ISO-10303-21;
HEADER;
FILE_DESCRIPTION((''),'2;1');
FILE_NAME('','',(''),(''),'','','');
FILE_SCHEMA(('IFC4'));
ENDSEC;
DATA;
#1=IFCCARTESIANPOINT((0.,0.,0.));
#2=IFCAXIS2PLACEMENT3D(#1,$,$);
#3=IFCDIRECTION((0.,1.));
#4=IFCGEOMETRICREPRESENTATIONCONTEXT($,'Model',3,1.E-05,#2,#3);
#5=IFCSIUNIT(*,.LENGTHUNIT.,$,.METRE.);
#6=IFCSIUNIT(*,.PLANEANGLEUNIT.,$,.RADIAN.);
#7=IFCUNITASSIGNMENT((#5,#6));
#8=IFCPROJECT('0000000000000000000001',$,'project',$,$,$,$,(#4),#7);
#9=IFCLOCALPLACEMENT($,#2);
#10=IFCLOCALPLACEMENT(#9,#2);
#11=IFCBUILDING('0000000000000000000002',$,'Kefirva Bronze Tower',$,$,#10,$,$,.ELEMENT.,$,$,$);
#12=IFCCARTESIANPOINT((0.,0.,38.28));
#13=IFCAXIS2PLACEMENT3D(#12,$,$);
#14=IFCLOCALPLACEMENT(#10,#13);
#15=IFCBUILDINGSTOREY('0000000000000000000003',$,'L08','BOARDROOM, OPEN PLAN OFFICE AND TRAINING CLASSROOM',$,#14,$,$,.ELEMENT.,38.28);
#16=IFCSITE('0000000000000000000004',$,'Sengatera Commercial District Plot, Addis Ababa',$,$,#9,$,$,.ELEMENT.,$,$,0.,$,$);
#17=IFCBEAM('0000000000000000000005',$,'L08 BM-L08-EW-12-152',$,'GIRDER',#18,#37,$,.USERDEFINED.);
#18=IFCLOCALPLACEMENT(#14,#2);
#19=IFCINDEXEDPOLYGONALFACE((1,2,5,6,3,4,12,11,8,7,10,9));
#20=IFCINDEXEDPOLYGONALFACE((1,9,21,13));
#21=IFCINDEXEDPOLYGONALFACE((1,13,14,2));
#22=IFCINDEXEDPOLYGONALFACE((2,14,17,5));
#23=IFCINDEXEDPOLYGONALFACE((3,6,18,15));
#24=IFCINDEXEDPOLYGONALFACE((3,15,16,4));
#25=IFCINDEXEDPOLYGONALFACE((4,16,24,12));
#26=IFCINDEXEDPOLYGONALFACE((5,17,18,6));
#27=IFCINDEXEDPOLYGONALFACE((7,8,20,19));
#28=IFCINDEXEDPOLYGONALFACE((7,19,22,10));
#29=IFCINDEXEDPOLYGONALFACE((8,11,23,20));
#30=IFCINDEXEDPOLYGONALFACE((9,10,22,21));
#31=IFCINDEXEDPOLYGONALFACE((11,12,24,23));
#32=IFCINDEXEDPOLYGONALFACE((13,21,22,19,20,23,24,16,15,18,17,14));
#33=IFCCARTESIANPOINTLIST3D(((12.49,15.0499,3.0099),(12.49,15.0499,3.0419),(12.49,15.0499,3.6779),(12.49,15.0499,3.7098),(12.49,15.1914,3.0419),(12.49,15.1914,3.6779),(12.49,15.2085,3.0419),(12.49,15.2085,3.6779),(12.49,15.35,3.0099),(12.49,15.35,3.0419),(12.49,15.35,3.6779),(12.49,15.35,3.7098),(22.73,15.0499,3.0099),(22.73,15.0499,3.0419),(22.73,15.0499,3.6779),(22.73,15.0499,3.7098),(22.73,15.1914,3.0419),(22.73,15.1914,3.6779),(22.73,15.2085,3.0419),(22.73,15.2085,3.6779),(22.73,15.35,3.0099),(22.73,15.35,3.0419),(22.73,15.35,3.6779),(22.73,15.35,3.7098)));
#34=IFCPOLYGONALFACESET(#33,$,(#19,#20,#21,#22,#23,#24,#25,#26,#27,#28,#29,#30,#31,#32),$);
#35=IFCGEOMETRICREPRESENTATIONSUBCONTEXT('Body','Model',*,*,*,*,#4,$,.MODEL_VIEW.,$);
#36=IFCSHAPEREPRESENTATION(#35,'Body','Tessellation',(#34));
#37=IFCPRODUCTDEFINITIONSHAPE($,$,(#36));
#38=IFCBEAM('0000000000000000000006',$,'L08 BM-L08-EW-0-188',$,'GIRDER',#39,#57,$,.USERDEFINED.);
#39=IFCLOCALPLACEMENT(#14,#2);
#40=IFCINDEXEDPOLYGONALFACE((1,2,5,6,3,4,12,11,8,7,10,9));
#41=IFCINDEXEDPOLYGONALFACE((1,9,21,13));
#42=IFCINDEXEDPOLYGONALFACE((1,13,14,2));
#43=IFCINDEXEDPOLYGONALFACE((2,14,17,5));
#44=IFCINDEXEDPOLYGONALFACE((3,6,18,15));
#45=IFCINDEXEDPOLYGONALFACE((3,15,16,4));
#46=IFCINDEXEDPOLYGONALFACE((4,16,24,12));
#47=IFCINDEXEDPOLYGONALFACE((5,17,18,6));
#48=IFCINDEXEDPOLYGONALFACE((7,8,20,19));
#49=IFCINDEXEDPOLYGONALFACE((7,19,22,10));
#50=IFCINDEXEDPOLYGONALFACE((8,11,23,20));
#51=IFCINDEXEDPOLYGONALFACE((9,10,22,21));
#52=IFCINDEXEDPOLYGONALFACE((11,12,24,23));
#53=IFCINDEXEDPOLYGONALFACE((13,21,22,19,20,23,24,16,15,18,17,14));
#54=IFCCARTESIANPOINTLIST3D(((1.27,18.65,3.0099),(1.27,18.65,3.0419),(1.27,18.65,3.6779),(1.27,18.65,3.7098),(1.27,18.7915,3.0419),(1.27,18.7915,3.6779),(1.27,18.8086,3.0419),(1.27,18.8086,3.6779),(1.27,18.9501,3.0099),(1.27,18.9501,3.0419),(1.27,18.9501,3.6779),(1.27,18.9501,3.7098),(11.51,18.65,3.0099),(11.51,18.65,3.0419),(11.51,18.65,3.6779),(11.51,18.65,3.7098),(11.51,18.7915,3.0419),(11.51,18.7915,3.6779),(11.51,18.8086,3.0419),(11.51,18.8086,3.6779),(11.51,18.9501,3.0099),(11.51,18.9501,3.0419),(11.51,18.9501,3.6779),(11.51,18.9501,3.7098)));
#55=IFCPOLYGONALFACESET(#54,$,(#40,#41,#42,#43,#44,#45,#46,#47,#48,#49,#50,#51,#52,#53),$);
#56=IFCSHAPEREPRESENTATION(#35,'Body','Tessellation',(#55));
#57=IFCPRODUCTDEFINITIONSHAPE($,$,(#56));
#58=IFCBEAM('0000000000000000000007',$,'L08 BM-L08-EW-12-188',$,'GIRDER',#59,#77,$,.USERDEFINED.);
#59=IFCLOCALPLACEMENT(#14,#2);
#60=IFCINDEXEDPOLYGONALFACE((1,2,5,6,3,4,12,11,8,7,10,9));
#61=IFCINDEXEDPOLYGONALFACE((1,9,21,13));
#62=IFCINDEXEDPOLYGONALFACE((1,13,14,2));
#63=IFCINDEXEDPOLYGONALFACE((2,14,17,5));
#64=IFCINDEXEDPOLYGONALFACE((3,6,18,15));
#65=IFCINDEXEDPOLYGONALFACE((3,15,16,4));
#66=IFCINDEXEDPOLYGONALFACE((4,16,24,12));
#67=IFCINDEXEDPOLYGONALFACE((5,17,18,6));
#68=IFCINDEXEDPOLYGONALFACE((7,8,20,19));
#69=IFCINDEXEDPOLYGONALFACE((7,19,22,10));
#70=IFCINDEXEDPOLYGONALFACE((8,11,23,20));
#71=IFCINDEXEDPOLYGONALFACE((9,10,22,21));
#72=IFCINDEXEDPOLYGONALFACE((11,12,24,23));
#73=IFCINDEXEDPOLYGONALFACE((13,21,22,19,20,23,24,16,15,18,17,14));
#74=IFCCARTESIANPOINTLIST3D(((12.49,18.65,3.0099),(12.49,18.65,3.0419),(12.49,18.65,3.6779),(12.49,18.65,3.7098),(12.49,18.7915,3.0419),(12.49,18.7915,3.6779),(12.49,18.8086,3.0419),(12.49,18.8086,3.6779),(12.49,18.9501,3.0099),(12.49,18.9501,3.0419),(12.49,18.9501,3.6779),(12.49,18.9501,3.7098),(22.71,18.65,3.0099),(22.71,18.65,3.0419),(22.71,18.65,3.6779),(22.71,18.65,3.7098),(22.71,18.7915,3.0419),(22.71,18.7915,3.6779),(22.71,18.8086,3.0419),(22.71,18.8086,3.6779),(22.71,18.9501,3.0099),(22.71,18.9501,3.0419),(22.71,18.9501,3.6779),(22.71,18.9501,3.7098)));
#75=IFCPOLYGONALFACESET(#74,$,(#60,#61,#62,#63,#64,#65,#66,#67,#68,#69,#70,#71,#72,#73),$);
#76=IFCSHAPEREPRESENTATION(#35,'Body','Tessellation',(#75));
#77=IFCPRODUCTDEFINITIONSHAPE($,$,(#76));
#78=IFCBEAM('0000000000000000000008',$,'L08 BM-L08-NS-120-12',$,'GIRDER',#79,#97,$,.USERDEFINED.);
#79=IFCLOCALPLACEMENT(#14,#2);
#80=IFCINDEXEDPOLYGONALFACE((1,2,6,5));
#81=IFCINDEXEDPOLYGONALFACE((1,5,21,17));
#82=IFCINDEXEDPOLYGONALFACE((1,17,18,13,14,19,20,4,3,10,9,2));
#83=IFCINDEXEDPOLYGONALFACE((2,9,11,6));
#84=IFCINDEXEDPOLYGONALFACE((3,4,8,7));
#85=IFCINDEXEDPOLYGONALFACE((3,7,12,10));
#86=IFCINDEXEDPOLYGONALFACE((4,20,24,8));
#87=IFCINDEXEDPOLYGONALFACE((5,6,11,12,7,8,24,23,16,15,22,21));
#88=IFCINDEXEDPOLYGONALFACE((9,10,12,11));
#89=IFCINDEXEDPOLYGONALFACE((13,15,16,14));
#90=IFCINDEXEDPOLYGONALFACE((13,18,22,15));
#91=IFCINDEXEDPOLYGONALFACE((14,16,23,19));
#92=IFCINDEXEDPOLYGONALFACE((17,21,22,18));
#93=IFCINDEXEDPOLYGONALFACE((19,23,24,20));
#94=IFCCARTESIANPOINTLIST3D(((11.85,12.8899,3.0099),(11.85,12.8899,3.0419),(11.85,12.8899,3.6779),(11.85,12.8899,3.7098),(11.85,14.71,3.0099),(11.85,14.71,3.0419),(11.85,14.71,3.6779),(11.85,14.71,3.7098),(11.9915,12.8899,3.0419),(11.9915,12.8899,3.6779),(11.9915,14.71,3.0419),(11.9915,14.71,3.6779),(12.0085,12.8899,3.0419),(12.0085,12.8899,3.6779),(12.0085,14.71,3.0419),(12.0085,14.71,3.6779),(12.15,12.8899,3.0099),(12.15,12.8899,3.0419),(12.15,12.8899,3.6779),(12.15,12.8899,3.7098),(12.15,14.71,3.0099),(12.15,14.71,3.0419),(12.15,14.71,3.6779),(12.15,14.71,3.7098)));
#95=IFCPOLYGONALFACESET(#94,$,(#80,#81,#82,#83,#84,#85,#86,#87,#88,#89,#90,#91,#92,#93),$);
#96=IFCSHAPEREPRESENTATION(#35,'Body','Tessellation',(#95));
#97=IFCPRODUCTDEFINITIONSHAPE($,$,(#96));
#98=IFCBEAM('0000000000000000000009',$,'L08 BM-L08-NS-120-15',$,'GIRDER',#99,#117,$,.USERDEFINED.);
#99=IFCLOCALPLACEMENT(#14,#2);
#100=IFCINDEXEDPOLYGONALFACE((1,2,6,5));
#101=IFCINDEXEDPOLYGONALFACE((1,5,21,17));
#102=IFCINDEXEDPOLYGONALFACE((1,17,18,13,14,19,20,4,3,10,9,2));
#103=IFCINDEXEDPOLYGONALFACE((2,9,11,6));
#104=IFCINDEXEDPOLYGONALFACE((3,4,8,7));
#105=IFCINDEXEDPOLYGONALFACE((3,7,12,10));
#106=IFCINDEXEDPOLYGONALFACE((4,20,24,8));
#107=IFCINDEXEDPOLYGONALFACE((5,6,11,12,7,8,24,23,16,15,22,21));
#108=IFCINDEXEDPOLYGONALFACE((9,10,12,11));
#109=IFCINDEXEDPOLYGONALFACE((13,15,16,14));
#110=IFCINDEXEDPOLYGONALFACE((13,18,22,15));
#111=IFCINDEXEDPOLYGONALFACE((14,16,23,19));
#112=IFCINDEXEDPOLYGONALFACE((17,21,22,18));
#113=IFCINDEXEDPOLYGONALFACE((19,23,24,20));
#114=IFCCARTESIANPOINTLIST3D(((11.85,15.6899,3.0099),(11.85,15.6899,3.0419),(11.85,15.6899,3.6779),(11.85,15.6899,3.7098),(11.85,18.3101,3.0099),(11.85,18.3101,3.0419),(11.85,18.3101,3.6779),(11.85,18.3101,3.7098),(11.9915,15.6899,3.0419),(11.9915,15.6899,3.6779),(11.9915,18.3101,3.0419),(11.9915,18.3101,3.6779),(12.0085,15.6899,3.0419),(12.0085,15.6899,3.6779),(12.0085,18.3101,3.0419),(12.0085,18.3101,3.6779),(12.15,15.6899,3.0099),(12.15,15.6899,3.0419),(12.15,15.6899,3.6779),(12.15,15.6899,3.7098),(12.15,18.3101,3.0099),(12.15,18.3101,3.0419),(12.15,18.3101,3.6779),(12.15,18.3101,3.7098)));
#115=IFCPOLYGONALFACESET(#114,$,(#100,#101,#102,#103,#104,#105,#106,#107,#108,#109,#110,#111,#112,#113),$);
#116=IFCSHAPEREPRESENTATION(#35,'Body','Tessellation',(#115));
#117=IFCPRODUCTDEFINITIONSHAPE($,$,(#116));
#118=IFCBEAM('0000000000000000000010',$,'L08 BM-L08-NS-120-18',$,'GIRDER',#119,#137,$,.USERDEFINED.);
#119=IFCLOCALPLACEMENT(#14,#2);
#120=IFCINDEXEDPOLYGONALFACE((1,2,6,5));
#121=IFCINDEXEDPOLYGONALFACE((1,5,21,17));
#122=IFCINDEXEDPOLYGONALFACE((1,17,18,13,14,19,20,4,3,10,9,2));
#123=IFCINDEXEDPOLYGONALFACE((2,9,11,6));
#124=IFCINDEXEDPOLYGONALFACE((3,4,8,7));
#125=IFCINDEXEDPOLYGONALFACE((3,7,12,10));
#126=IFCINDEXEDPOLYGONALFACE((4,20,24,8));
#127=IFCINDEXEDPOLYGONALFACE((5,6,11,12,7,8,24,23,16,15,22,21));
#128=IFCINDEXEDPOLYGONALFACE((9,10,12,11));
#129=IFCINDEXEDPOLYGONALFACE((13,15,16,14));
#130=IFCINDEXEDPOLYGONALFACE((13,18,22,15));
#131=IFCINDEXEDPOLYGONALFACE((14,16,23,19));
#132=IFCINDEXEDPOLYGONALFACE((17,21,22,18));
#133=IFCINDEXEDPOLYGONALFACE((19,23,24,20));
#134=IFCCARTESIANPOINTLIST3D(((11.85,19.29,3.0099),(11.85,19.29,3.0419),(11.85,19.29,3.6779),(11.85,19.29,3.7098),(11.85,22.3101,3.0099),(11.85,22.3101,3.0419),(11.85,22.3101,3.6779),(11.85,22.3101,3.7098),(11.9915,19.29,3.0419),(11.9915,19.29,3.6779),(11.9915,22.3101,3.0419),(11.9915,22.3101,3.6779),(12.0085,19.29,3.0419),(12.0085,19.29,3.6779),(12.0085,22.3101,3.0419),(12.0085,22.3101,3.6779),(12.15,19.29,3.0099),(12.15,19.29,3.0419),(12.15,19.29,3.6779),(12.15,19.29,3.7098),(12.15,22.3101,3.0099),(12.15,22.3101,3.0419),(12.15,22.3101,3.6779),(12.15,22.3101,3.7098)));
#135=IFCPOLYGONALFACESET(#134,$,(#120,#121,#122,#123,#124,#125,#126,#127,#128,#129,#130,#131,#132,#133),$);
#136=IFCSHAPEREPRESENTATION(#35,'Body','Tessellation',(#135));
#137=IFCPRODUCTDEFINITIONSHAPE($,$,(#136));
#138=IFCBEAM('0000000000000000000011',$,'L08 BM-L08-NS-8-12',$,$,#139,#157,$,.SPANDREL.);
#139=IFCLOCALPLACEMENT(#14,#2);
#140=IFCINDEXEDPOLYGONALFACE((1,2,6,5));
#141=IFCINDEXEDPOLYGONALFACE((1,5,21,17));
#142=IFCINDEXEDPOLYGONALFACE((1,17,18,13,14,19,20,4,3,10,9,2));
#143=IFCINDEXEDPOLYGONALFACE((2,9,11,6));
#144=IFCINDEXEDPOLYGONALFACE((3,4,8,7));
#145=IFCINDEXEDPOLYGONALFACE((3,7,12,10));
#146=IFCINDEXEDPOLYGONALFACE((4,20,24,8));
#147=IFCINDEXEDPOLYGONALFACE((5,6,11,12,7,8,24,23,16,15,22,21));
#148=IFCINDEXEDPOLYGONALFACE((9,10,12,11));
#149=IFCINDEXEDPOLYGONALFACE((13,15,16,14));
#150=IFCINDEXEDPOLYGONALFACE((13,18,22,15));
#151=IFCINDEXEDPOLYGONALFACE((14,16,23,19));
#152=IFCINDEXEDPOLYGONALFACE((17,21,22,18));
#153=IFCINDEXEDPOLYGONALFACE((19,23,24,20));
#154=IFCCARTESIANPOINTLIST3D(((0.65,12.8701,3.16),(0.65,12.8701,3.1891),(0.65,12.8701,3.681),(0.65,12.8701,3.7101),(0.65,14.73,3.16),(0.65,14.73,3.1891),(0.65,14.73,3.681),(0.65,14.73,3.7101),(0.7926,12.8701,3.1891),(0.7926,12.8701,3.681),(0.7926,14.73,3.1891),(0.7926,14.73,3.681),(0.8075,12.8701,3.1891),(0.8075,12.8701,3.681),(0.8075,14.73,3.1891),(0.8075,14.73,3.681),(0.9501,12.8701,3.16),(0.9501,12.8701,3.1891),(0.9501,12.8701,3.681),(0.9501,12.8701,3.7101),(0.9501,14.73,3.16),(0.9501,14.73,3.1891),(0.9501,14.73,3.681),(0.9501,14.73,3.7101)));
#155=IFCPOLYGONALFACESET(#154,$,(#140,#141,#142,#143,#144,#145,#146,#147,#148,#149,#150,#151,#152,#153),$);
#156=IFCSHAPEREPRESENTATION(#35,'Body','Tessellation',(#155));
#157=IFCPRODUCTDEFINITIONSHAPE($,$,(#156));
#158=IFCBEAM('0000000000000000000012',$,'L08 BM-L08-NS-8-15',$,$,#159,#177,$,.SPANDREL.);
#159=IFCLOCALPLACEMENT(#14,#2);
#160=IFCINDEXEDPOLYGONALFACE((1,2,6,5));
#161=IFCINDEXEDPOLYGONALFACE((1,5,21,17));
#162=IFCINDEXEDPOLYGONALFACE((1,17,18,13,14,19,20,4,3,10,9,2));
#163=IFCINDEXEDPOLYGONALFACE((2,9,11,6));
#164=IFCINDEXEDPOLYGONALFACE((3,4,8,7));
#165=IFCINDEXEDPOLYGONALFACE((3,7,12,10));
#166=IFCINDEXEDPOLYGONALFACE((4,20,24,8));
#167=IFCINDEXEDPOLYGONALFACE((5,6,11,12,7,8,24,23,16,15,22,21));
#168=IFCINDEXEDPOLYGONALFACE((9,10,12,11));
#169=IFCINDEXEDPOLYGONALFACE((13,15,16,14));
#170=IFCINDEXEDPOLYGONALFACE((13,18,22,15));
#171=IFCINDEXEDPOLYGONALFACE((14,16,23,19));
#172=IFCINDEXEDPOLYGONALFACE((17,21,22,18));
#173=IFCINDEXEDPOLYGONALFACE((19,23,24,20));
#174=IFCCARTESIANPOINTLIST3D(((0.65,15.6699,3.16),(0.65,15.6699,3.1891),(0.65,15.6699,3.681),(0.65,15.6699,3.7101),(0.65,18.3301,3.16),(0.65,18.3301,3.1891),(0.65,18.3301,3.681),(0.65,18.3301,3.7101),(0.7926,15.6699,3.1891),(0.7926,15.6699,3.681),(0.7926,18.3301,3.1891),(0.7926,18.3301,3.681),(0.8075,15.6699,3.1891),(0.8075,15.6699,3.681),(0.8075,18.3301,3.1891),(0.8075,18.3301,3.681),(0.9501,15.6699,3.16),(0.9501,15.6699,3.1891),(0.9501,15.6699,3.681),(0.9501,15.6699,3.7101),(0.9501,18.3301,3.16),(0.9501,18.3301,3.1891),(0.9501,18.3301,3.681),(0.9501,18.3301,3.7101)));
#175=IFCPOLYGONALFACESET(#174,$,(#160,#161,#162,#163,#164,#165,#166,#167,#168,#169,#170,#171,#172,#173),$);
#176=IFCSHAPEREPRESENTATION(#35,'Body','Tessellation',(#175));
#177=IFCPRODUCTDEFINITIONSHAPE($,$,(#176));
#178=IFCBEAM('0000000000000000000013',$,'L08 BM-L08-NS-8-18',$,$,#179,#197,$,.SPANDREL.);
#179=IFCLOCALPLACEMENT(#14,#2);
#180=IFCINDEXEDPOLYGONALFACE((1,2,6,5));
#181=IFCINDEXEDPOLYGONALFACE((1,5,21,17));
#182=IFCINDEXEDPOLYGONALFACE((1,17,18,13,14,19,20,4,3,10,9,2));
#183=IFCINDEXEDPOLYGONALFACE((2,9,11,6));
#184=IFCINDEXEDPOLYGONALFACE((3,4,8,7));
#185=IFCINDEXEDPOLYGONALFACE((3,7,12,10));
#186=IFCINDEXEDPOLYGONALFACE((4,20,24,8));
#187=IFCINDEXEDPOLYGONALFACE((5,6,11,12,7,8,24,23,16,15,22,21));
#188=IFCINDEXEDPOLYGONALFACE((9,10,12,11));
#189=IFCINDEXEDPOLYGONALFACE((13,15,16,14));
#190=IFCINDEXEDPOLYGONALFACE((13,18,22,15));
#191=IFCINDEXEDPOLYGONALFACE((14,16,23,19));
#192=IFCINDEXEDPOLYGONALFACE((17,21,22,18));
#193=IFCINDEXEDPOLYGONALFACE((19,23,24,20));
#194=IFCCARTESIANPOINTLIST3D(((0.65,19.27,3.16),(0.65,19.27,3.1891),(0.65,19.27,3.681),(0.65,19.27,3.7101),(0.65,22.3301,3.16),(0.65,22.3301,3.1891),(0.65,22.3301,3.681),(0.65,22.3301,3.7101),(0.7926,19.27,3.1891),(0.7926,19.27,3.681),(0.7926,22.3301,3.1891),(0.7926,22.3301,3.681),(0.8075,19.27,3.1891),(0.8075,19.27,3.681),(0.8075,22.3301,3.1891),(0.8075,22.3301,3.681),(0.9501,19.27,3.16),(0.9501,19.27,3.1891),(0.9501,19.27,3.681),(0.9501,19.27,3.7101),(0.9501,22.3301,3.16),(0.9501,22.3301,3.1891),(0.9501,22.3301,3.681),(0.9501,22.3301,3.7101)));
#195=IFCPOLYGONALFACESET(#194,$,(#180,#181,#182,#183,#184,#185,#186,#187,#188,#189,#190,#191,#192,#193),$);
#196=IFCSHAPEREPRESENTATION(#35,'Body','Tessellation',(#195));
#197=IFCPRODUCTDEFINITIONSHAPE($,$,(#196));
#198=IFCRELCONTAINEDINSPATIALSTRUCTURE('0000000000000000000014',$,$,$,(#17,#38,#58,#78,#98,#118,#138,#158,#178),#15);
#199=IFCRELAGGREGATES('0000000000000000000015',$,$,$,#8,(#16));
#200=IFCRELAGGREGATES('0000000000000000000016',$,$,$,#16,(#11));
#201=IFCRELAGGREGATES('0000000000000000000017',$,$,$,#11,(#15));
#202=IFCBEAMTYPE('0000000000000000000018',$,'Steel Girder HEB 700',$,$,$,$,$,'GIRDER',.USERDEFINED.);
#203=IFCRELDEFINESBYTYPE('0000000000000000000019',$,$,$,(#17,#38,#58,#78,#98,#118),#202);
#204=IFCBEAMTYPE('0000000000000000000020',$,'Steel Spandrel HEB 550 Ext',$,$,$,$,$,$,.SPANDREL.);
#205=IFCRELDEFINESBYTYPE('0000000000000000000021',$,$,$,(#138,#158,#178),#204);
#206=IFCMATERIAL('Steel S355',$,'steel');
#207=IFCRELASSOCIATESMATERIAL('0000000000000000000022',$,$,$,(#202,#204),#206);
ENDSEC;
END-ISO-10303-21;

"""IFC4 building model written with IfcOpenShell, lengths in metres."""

from ifc_helpers import new_model, si_unit, direction, frame, origin, origin_2d, place, context, subcontext, project, spatial, i_section, extrude, material, material_profile, profile_set, type_object, element, save


model = new_model("IFC4")

# Units and contexts
model_context = context("Model", 3, precision=1e-05, world=origin(), true_north=direction((0.0, 1.0)))
body_context = subcontext(model_context, "Body", "Model", "MODEL_VIEW")
ifc_project = project(units=[si_unit("LENGTHUNIT", "METRE"), si_unit("PLANEANGLEUNIT", "RADIAN")], contexts=[model_context])

# Site, building, storey
site_placement = place(None, origin())
site = spatial("IfcSite", under=ifc_project, at=site_placement, Name="Sengatera Commercial District Plot, Addis Ababa", CompositionType="ELEMENT", RefElevation=0.0)
building_placement = place(site_placement, origin())
building = spatial("IfcBuilding", under=site, at=building_placement, Name="Kefirva Bronze Tower", CompositionType="ELEMENT")
storey_placement = place(building_placement, frame((0.0, 0.0, 38.28)))
storey = spatial("IfcBuildingStorey", under=building, at=storey_placement, Name="L08", Description="BOARDROOM, OPEN PLAN OFFICE AND TRAINING CLASSROOM", CompositionType="ELEMENT", Elevation=38.28)

# Beams
ifc_material_1 = material(Name="Steel S355", Category="steel")
ifc_material_profile_1 = material_profile(ifc_material_1, i_section(OverallWidth=0.3, OverallDepth=0.7, WebThickness=0.0171, FlangeThickness=0.032, at=origin_2d()), Name="HEB 700")
ifc_profile_set_1 = profile_set([ifc_material_profile_1], Name="Steel S355")
beam_type_1 = type_object("IfcBeamType", Name="Steel Girder HEB 700", ElementType="GIRDER", PredefinedType="USERDEFINED", material=ifc_profile_set_1)
for number, where, z_axis, x_axis, name in (
    (1, (12.49, 15.2, 3.3599), (1.0, 0.0, 0.0), (0.0, 1.0, 0.0), "L08 BM-L08-EW-12-152"),
    (2, (1.27, 18.8, 3.3599), (1.0, 0.0, 0.0), (0.0, 1.0, 0.0), "L08 BM-L08-EW-0-188"),
):
    element("IfcBeam", number, at=place(storey_placement, frame(where, z_axis=z_axis, x_axis=x_axis)), inside=storey, type_object=beam_type_1, Name=name, ObjectType="GIRDER", PredefinedType="USERDEFINED", context=body_context, shape_type="SweptSolid", body=[
        extrude(i_section(OverallWidth=0.3, OverallDepth=0.7, WebThickness=0.0171, FlangeThickness=0.032, at=origin_2d()), origin(), (0.0, 0.0, 1.0), 10.24),
    ])
beam_1_placement = place(storey_placement, frame((12.49, 18.8, 3.3599), z_axis=(1.0, 0.0, 0.0), x_axis=(0.0, 1.0, 0.0)))
element("IfcBeam", 3, at=beam_1_placement, inside=storey, type_object=beam_type_1, Name="L08 BM-L08-EW-12-188", ObjectType="GIRDER", PredefinedType="USERDEFINED", context=body_context, shape_type="SweptSolid", body=[
    extrude(i_section(OverallWidth=0.3, OverallDepth=0.7, WebThickness=0.0171, FlangeThickness=0.032, at=origin_2d()), origin(), (0.0, 0.0, 1.0), 10.22),
])
beam_2_placement = place(storey_placement, frame((12.0, 12.8899, 3.3599), z_axis=(0.0, 1.0, 0.0), x_axis=(-1.0, 0.0, 0.0)))
element("IfcBeam", 4, at=beam_2_placement, inside=storey, type_object=beam_type_1, Name="L08 BM-L08-NS-120-12", ObjectType="GIRDER", PredefinedType="USERDEFINED", context=body_context, shape_type="SweptSolid", body=[
    extrude(i_section(OverallWidth=0.3, OverallDepth=0.7, WebThickness=0.0171, FlangeThickness=0.032, at=origin_2d()), origin(), (0.0, 0.0, 1.0), 1.8201),
])
beam_3_placement = place(storey_placement, frame((12.0, 15.6899, 3.3599), z_axis=(0.0, 1.0, 0.0), x_axis=(-1.0, 0.0, 0.0)))
element("IfcBeam", 5, at=beam_3_placement, inside=storey, type_object=beam_type_1, Name="L08 BM-L08-NS-120-15", ObjectType="GIRDER", PredefinedType="USERDEFINED", context=body_context, shape_type="SweptSolid", body=[
    extrude(i_section(OverallWidth=0.3, OverallDepth=0.7, WebThickness=0.0171, FlangeThickness=0.032, at=origin_2d()), origin(), (0.0, 0.0, 1.0), 2.6201),
])
beam_4_placement = place(storey_placement, frame((12.0, 19.29, 3.3599), z_axis=(0.0, 1.0, 0.0), x_axis=(-1.0, 0.0, 0.0)))
element("IfcBeam", 6, at=beam_4_placement, inside=storey, type_object=beam_type_1, Name="L08 BM-L08-NS-120-18", ObjectType="GIRDER", PredefinedType="USERDEFINED", context=body_context, shape_type="SweptSolid", body=[
    extrude(i_section(OverallWidth=0.3, OverallDepth=0.7, WebThickness=0.0171, FlangeThickness=0.032, at=origin_2d()), origin(), (0.0, 0.0, 1.0), 3.02),
])
ifc_material_profile_2 = material_profile(ifc_material_1, i_section(OverallWidth=0.3, OverallDepth=0.55, WebThickness=0.0149, FlangeThickness=0.0291, at=origin_2d()), Name="HEB 550")
ifc_profile_set_2 = profile_set([ifc_material_profile_2], Name="Steel S355")
beam_type_2 = type_object("IfcBeamType", Name="Steel Spandrel HEB 550 Ext", PredefinedType="SPANDREL", material=ifc_profile_set_2)
beam_5_placement = place(storey_placement, frame((0.8, 12.8701, 3.4351), z_axis=(0.0, 1.0, 0.0), x_axis=(-1.0, 0.0, 0.0)))
element("IfcBeam", 7, at=beam_5_placement, inside=storey, type_object=beam_type_2, Name="L08 BM-L08-NS-8-12", PredefinedType="SPANDREL", context=body_context, shape_type="SweptSolid", body=[
    extrude(i_section(OverallWidth=0.3, OverallDepth=0.55, WebThickness=0.0149, FlangeThickness=0.0291, at=origin_2d()), origin(), (0.0, 0.0, 1.0), 1.8599),
])
beam_6_placement = place(storey_placement, frame((0.8, 15.6699, 3.4351), z_axis=(0.0, 1.0, 0.0), x_axis=(-1.0, 0.0, 0.0)))
element("IfcBeam", 8, at=beam_6_placement, inside=storey, type_object=beam_type_2, Name="L08 BM-L08-NS-8-15", PredefinedType="SPANDREL", context=body_context, shape_type="SweptSolid", body=[
    extrude(i_section(OverallWidth=0.3, OverallDepth=0.55, WebThickness=0.0149, FlangeThickness=0.0291, at=origin_2d()), origin(), (0.0, 0.0, 1.0), 2.6602),
])
beam_7_placement = place(storey_placement, frame((0.8, 19.27, 3.4351), z_axis=(0.0, 1.0, 0.0), x_axis=(-1.0, 0.0, 0.0)))
element("IfcBeam", 9, at=beam_7_placement, inside=storey, type_object=beam_type_2, Name="L08 BM-L08-NS-8-18", PredefinedType="SPANDREL", context=body_context, shape_type="SweptSolid", body=[
    extrude(i_section(OverallWidth=0.3, OverallDepth=0.55, WebThickness=0.0149, FlangeThickness=0.0291, at=origin_2d()), origin(), (0.0, 0.0, 1.0), 3.0601),
])

save(model, "model.ifc")
